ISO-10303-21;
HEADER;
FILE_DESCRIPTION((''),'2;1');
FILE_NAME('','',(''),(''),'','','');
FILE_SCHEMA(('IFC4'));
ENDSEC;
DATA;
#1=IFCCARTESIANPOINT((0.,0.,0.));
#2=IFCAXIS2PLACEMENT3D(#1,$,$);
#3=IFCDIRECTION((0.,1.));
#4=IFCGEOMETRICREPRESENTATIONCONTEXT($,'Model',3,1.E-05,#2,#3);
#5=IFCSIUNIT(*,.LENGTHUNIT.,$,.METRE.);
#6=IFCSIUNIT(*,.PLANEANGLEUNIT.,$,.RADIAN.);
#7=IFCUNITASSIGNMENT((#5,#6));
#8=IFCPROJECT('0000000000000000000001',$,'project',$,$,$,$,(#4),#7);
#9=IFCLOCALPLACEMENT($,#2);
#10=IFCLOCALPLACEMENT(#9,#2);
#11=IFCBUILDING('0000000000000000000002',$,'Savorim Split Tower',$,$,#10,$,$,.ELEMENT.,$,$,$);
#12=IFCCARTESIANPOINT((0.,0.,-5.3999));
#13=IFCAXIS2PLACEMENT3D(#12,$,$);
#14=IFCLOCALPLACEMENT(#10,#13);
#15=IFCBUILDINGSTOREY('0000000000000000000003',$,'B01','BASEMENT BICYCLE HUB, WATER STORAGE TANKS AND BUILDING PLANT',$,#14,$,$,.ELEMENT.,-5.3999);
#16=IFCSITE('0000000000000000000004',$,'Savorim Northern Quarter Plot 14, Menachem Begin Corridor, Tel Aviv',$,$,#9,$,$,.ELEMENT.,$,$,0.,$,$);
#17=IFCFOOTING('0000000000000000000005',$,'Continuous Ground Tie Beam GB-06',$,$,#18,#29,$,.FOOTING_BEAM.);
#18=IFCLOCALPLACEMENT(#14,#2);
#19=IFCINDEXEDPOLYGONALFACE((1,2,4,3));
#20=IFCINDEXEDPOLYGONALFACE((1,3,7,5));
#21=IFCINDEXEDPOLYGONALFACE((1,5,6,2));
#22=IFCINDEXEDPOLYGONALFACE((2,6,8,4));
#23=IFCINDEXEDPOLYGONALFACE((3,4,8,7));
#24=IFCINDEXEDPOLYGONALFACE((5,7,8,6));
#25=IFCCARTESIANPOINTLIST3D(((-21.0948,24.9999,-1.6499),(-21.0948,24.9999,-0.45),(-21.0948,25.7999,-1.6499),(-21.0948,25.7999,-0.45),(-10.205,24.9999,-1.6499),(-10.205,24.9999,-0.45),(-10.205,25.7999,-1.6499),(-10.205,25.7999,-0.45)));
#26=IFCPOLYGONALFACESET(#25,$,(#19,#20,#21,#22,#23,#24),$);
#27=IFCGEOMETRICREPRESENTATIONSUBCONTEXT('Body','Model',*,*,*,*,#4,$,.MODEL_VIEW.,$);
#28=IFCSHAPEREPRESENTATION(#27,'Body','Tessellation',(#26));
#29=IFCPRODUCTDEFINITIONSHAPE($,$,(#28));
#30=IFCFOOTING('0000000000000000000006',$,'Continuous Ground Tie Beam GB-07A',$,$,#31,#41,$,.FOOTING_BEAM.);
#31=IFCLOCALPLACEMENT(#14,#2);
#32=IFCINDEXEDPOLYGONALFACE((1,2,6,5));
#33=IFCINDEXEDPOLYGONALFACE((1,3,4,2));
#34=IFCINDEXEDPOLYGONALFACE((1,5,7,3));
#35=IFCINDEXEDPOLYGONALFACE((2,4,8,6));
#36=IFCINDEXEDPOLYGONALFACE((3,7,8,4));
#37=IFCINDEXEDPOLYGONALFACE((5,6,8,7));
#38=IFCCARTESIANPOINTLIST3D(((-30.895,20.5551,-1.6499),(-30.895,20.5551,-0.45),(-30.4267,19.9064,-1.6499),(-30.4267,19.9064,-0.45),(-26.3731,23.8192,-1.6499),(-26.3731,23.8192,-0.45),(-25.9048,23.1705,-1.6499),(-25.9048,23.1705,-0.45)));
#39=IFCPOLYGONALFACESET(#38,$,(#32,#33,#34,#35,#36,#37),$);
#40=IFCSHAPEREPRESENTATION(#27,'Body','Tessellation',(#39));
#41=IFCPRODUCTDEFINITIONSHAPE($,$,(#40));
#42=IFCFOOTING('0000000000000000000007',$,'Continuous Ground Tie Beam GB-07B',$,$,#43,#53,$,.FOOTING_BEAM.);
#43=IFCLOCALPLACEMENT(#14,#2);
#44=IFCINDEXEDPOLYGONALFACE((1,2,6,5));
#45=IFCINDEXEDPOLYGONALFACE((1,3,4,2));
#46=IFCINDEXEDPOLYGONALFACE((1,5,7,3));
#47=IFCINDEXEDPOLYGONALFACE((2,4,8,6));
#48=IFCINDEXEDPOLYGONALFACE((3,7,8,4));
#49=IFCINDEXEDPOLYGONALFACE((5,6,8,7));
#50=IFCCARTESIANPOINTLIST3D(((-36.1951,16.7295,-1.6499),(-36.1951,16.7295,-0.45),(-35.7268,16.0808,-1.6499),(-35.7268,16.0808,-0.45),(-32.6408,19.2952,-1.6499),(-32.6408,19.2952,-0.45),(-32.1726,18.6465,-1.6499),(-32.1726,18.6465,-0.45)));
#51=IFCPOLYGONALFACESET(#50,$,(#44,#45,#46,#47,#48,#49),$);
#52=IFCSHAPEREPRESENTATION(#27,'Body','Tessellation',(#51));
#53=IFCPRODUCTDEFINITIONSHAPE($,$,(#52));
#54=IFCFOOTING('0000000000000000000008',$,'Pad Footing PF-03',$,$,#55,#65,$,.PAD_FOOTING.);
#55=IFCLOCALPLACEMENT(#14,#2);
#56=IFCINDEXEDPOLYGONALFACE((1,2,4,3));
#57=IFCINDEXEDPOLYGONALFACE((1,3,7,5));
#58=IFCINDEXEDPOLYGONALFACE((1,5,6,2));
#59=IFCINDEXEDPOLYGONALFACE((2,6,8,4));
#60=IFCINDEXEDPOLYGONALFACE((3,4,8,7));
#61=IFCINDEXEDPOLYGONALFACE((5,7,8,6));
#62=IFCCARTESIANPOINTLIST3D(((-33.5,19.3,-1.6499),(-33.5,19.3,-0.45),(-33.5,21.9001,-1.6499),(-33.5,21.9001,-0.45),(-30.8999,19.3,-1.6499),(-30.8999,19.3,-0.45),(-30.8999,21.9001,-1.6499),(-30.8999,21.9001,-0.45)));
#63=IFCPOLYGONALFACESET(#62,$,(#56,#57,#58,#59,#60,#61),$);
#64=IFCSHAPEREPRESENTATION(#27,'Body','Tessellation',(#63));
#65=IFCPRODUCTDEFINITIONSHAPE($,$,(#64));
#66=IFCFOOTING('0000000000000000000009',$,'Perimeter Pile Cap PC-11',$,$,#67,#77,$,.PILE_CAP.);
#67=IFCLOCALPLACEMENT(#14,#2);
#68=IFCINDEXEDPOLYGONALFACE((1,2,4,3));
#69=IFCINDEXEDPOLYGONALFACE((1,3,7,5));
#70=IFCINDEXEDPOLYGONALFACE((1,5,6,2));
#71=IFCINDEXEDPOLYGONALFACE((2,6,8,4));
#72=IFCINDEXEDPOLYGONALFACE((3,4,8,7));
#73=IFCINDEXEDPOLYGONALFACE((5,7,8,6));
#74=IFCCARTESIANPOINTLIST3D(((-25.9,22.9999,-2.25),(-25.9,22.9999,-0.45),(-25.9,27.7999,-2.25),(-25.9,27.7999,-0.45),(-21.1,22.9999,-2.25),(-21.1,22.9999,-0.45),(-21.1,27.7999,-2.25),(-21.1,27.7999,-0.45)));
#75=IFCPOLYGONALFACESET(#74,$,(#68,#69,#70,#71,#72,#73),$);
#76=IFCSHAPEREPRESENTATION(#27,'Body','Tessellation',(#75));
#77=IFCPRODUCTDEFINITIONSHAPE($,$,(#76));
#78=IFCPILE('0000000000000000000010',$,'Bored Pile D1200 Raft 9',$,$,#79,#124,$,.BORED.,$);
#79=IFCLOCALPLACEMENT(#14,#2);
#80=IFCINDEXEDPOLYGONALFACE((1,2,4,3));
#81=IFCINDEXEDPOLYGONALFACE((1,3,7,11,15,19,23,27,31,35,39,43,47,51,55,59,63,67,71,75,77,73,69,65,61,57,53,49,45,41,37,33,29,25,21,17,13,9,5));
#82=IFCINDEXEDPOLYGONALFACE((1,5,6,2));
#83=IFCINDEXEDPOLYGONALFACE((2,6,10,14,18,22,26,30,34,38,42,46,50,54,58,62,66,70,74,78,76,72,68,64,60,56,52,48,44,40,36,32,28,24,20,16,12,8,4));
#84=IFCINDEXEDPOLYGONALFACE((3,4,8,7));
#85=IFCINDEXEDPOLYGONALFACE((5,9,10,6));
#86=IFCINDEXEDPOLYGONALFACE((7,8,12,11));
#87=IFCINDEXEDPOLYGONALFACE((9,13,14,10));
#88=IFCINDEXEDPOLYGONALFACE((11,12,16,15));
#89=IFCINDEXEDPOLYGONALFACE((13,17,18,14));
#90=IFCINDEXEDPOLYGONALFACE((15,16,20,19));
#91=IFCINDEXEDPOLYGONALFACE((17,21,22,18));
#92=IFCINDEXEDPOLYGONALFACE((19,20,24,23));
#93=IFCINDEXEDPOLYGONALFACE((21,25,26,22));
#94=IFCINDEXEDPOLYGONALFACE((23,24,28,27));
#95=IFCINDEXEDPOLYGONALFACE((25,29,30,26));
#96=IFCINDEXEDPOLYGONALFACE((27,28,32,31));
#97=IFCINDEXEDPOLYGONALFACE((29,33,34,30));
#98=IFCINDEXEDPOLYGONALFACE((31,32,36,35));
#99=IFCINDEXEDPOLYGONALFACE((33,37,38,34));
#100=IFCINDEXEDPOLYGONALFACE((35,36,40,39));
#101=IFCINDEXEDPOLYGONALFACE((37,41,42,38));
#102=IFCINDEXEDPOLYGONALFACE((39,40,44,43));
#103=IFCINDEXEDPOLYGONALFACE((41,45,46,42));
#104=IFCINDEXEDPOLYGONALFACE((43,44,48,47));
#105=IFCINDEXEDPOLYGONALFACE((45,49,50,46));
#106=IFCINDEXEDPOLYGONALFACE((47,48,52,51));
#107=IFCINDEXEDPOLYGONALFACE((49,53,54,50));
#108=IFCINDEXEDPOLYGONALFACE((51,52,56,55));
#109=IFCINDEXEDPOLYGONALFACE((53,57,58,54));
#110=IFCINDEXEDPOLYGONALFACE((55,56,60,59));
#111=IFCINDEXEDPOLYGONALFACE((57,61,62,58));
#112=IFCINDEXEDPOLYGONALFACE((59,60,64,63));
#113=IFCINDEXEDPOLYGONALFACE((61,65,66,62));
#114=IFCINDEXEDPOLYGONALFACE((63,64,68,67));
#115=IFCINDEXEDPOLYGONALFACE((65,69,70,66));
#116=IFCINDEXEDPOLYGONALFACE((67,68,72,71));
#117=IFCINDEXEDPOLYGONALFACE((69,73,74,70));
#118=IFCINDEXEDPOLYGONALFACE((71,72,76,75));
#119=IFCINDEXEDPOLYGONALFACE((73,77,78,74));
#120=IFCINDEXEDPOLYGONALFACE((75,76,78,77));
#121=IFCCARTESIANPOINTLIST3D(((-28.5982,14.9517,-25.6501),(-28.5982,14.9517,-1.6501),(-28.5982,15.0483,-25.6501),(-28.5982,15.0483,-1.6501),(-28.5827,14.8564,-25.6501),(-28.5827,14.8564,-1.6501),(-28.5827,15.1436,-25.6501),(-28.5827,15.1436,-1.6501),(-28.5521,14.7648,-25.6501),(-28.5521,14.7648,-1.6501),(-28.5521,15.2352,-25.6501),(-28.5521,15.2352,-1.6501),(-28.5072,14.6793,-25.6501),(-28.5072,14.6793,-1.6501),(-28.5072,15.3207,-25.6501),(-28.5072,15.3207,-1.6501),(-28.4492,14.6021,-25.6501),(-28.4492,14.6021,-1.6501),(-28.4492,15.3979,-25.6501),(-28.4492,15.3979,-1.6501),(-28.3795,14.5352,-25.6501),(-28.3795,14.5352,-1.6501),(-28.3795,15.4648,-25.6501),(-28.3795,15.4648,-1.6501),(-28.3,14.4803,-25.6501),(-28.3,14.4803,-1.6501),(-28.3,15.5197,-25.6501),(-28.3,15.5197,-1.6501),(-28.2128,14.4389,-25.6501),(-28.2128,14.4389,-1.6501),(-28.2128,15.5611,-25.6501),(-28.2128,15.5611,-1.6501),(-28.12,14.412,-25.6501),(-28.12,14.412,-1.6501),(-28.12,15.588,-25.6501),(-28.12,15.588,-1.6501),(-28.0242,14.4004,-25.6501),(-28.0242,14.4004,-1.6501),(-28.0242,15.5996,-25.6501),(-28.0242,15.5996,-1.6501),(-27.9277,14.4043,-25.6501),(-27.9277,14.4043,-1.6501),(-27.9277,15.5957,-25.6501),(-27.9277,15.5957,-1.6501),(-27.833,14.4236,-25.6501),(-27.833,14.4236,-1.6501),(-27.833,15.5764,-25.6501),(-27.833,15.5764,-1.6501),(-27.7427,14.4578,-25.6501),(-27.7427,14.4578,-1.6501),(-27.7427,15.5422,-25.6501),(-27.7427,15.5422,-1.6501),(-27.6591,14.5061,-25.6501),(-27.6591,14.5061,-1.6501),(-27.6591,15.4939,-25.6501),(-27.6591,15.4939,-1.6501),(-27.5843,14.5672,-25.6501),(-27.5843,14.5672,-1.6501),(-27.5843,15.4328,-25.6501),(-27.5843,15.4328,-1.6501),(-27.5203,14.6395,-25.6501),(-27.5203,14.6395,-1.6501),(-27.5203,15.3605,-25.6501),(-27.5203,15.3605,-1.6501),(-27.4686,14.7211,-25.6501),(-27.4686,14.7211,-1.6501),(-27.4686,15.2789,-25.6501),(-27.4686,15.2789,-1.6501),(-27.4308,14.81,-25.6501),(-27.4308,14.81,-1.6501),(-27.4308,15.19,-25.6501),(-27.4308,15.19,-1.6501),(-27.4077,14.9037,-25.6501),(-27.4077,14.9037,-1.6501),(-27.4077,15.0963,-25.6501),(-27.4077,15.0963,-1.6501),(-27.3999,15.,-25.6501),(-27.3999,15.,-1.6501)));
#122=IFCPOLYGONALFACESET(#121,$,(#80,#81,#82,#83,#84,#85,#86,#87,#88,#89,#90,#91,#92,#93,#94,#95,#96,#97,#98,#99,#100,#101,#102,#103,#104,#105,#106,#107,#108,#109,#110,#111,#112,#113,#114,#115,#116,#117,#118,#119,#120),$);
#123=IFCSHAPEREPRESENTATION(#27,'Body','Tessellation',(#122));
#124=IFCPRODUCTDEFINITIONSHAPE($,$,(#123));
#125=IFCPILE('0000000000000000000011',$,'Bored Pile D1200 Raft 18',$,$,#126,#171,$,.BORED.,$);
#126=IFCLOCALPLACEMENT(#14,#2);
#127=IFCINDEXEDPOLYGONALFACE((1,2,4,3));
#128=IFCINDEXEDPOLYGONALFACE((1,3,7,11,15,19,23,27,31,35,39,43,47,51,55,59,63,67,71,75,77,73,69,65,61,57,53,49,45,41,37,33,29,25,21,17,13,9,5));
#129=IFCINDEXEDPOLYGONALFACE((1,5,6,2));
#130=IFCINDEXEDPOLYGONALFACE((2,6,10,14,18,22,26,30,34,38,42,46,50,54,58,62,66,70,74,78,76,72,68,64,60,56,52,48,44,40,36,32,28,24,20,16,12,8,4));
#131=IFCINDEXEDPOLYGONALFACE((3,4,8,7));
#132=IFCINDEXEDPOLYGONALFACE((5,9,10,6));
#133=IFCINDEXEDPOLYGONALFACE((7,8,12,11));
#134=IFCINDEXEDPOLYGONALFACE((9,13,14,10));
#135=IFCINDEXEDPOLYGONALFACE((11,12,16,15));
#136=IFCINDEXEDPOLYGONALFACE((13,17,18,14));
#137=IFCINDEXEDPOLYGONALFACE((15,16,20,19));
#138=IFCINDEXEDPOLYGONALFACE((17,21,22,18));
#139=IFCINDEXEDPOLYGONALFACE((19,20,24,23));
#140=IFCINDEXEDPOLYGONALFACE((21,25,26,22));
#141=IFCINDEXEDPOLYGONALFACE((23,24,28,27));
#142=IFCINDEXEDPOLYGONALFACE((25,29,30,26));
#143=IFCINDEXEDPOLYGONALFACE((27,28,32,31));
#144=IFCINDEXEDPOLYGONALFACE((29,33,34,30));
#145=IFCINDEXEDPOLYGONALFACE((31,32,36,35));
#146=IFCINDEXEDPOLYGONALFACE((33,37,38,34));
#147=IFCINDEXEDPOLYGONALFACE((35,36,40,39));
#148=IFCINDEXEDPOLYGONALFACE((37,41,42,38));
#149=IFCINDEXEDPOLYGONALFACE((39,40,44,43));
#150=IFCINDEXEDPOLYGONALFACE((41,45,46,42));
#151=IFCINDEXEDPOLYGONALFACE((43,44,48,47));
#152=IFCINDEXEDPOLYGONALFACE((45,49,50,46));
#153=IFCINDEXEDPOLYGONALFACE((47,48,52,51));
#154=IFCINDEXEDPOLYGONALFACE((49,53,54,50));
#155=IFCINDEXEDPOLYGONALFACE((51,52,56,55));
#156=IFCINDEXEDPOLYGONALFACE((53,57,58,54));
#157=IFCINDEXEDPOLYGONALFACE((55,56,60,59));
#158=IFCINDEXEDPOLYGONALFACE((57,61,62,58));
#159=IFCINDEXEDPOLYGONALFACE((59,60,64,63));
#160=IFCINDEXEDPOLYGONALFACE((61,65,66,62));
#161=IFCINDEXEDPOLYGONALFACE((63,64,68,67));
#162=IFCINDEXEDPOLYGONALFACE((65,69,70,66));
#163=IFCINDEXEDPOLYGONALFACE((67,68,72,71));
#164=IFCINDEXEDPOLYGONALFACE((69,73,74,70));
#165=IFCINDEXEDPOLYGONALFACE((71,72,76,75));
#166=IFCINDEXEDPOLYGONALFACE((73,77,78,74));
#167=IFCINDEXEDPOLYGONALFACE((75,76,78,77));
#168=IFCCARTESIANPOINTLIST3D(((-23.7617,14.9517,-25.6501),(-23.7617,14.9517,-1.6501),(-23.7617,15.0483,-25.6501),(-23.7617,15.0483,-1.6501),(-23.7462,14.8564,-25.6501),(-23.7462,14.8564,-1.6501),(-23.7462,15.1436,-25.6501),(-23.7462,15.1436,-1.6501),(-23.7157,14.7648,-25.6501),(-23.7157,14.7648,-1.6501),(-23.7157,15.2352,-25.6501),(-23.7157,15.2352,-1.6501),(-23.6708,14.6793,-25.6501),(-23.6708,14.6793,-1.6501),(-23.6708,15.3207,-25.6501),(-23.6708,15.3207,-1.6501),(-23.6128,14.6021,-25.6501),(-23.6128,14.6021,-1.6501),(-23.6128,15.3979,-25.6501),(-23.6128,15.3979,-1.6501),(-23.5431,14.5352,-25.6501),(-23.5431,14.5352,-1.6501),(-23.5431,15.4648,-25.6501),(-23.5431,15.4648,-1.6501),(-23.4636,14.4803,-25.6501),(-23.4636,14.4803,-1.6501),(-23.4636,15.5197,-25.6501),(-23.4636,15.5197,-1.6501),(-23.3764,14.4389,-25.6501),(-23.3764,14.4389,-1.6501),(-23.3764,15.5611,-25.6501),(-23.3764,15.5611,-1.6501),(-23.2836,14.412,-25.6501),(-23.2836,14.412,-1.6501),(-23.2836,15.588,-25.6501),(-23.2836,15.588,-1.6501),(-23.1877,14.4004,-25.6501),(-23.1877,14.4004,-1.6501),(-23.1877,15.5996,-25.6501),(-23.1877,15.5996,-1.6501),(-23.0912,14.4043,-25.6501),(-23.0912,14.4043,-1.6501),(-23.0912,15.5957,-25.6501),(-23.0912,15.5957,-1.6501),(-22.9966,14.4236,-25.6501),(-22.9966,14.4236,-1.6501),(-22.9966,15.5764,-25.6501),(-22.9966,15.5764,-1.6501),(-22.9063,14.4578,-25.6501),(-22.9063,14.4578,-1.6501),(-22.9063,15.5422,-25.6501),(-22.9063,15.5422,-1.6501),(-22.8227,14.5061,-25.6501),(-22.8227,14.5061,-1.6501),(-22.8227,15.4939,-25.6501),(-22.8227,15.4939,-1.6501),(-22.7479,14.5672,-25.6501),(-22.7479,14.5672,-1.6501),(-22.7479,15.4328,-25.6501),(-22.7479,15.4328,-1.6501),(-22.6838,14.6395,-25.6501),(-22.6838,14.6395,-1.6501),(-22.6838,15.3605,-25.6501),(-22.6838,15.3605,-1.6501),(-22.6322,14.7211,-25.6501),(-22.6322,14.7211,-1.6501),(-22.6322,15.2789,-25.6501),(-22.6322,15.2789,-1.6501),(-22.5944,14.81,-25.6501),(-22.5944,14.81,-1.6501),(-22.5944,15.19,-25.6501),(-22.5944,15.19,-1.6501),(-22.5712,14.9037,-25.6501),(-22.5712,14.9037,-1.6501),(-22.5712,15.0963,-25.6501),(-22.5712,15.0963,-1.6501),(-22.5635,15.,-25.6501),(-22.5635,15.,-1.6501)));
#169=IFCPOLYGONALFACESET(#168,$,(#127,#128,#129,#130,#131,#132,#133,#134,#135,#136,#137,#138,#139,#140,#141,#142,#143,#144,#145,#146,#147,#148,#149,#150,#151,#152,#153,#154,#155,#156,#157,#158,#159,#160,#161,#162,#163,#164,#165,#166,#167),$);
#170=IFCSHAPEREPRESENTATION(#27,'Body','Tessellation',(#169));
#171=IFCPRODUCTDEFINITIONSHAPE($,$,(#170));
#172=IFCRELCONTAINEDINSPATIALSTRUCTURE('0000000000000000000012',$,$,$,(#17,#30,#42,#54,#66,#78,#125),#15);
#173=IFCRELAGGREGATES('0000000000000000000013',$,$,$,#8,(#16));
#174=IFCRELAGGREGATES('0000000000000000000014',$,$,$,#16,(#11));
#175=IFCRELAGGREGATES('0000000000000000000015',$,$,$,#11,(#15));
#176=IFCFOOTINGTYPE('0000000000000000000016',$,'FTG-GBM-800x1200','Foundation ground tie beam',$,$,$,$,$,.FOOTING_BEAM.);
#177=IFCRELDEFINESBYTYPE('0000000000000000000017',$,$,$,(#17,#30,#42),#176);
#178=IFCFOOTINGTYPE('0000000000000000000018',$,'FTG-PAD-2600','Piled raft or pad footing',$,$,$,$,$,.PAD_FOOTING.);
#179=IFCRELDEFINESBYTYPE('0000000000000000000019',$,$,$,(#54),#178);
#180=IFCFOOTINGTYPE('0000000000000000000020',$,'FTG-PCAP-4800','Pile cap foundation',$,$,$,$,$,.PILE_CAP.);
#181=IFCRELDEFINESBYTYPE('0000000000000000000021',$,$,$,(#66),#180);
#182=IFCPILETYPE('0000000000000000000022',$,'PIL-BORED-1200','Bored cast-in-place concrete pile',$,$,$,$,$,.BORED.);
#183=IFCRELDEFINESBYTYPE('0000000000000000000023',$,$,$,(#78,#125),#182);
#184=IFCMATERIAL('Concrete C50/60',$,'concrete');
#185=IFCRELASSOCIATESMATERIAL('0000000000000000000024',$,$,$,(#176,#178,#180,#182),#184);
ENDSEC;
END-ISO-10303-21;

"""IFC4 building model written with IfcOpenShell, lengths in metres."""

from ifc_helpers import new_model, si_unit, direction, frame, origin, origin_2d, place, context, subcontext, project, spatial, rectangle, circle, extrude, material, material_profile, profile_set, type_object, element, save


model = new_model("IFC4")

# Units and contexts
model_context = context("Model", 3, precision=1e-05, world=origin(), true_north=direction((0.0, 1.0)))
body_context = subcontext(model_context, "Body", "Model", "MODEL_VIEW")
ifc_project = project(units=[si_unit("LENGTHUNIT", "METRE"), si_unit("PLANEANGLEUNIT", "RADIAN")], contexts=[model_context])

# Site, building, storey
site_placement = place(None, origin())
site = spatial("IfcSite", under=ifc_project, at=site_placement, Name="Savorim Northern Quarter Plot 14, Menachem Begin Corridor, Tel Aviv", CompositionType="ELEMENT", RefElevation=0.0)
building_placement = place(site_placement, origin())
building = spatial("IfcBuilding", under=site, at=building_placement, Name="Savorim Split Tower", CompositionType="ELEMENT")
storey_placement = place(building_placement, frame((0.0, 0.0, -5.3999)))
storey = spatial("IfcBuildingStorey", under=building, at=storey_placement, Name="B01", Description="BASEMENT BICYCLE HUB, WATER STORAGE TANKS AND BUILDING PLANT", CompositionType="ELEMENT", Elevation=-5.3999)

# Footings
ifc_material_1 = material(Name="Concrete C50/60", Category="concrete")
footing_type_1 = type_object("IfcFootingType", Name="FTG-GBM-800x1200", Description="Foundation ground tie beam", PredefinedType="FOOTING_BEAM", material=ifc_material_1)
footing_1_placement = place(storey_placement, frame((-15.6499, 25.3999, -1.6499), z_axis=(0.0, 0.0, 1.0), x_axis=(1.0, 0.0, 0.0)))
element("IfcFooting", 1, at=footing_1_placement, inside=storey, type_object=footing_type_1, Name="Continuous Ground Tie Beam GB-06", PredefinedType="FOOTING_BEAM", context=body_context, shape_type="SweptSolid", body=[
    extrude(rectangle(XDim=10.8899, YDim=0.8, at=origin_2d()), origin(), (0.0, 0.0, 1.0), 1.2),
])
footing_2_placement = place(storey_placement, frame((-28.3999, 21.8628, -1.6499), z_axis=(0.0, 0.0, 1.0), x_axis=(0.810821, 0.585295, 0.0)))
element("IfcFooting", 2, at=footing_2_placement, inside=storey, type_object=footing_type_1, Name="Continuous Ground Tie Beam GB-07A", PredefinedType="FOOTING_BEAM", context=body_context, shape_type="SweptSolid", body=[
    extrude(rectangle(XDim=5.5769, YDim=0.8, at=origin_2d()), origin(), (0.0, 0.0, 1.0), 1.2),
])
footing_3_placement = place(storey_placement, frame((-34.1838, 17.688, -1.6499), z_axis=(0.0, 0.0, 1.0), x_axis=(0.810821, 0.585295, 0.0)))
element("IfcFooting", 3, at=footing_3_placement, inside=storey, type_object=footing_type_1, Name="Continuous Ground Tie Beam GB-07B", PredefinedType="FOOTING_BEAM", context=body_context, shape_type="SweptSolid", body=[
    extrude(rectangle(XDim=4.3835, YDim=0.8, at=origin_2d()), origin(), (0.0, 0.0, 1.0), 1.2),
])
footing_type_2 = type_object("IfcFootingType", Name="FTG-PAD-2600", Description="Piled raft or pad footing", PredefinedType="PAD_FOOTING", material=ifc_material_1)
footing_4_placement = place(storey_placement, frame((-32.2, 20.6001, -1.6499), z_axis=(0.0, 0.0, 1.0), x_axis=(1.0, 0.0, 0.0)))
element("IfcFooting", 4, at=footing_4_placement, inside=storey, type_object=footing_type_2, Name="Pad Footing PF-03", PredefinedType="PAD_FOOTING", context=body_context, shape_type="SweptSolid", body=[
    extrude(rectangle(XDim=2.6001, YDim=2.6001, at=origin_2d()), origin(), (0.0, 0.0, 1.0), 1.2),
])
footing_type_3 = type_object("IfcFootingType", Name="FTG-PCAP-4800", Description="Pile cap foundation", PredefinedType="PILE_CAP", material=ifc_material_1)
footing_5_placement = place(storey_placement, frame((-23.5, 25.3999, -2.25), z_axis=(0.0, 0.0, 1.0), x_axis=(1.0, 0.0, 0.0)))
element("IfcFooting", 5, at=footing_5_placement, inside=storey, type_object=footing_type_3, Name="Perimeter Pile Cap PC-11", PredefinedType="PILE_CAP", context=body_context, shape_type="SweptSolid", body=[
    extrude(rectangle(XDim=4.8, YDim=4.8, at=origin_2d()), origin(), (0.0, 0.0, 1.0), 1.8),
])

# Piles
ifc_material_profile_1 = material_profile(ifc_material_1, circle(Radius=0.6001, at=origin_2d()), Name="PILE D1200")
ifc_profile_set_1 = profile_set([ifc_material_profile_1], Name="Concrete C50/60")
pile_type = type_object("IfcPileType", Name="PIL-BORED-1200", Description="Bored cast-in-place concrete pile", PredefinedType="BORED", material=ifc_profile_set_1)
for number, where, z_axis, x_axis, name in (
    (6, (-28.0, 15.0, -1.6501), (0.0, 0.0, -1.0), (1.0, 0.0, 0.0), "Bored Pile D1200 Raft 9"),
    (7, (-23.1636, 15.0, -1.6501), (0.0, 0.0, -1.0), (1.0, 0.0, 0.0), "Bored Pile D1200 Raft 18"),
):
    element("IfcPile", number, at=place(storey_placement, frame(where, z_axis=z_axis, x_axis=x_axis)), inside=storey, type_object=pile_type, Name=name, PredefinedType="BORED", context=body_context, shape_type="SweptSolid", body=[
        extrude(circle(Radius=0.6001, at=origin_2d()), origin(), (0.0, 0.0, 1.0), 24.0),
    ])

save(model, "model.ifc")
